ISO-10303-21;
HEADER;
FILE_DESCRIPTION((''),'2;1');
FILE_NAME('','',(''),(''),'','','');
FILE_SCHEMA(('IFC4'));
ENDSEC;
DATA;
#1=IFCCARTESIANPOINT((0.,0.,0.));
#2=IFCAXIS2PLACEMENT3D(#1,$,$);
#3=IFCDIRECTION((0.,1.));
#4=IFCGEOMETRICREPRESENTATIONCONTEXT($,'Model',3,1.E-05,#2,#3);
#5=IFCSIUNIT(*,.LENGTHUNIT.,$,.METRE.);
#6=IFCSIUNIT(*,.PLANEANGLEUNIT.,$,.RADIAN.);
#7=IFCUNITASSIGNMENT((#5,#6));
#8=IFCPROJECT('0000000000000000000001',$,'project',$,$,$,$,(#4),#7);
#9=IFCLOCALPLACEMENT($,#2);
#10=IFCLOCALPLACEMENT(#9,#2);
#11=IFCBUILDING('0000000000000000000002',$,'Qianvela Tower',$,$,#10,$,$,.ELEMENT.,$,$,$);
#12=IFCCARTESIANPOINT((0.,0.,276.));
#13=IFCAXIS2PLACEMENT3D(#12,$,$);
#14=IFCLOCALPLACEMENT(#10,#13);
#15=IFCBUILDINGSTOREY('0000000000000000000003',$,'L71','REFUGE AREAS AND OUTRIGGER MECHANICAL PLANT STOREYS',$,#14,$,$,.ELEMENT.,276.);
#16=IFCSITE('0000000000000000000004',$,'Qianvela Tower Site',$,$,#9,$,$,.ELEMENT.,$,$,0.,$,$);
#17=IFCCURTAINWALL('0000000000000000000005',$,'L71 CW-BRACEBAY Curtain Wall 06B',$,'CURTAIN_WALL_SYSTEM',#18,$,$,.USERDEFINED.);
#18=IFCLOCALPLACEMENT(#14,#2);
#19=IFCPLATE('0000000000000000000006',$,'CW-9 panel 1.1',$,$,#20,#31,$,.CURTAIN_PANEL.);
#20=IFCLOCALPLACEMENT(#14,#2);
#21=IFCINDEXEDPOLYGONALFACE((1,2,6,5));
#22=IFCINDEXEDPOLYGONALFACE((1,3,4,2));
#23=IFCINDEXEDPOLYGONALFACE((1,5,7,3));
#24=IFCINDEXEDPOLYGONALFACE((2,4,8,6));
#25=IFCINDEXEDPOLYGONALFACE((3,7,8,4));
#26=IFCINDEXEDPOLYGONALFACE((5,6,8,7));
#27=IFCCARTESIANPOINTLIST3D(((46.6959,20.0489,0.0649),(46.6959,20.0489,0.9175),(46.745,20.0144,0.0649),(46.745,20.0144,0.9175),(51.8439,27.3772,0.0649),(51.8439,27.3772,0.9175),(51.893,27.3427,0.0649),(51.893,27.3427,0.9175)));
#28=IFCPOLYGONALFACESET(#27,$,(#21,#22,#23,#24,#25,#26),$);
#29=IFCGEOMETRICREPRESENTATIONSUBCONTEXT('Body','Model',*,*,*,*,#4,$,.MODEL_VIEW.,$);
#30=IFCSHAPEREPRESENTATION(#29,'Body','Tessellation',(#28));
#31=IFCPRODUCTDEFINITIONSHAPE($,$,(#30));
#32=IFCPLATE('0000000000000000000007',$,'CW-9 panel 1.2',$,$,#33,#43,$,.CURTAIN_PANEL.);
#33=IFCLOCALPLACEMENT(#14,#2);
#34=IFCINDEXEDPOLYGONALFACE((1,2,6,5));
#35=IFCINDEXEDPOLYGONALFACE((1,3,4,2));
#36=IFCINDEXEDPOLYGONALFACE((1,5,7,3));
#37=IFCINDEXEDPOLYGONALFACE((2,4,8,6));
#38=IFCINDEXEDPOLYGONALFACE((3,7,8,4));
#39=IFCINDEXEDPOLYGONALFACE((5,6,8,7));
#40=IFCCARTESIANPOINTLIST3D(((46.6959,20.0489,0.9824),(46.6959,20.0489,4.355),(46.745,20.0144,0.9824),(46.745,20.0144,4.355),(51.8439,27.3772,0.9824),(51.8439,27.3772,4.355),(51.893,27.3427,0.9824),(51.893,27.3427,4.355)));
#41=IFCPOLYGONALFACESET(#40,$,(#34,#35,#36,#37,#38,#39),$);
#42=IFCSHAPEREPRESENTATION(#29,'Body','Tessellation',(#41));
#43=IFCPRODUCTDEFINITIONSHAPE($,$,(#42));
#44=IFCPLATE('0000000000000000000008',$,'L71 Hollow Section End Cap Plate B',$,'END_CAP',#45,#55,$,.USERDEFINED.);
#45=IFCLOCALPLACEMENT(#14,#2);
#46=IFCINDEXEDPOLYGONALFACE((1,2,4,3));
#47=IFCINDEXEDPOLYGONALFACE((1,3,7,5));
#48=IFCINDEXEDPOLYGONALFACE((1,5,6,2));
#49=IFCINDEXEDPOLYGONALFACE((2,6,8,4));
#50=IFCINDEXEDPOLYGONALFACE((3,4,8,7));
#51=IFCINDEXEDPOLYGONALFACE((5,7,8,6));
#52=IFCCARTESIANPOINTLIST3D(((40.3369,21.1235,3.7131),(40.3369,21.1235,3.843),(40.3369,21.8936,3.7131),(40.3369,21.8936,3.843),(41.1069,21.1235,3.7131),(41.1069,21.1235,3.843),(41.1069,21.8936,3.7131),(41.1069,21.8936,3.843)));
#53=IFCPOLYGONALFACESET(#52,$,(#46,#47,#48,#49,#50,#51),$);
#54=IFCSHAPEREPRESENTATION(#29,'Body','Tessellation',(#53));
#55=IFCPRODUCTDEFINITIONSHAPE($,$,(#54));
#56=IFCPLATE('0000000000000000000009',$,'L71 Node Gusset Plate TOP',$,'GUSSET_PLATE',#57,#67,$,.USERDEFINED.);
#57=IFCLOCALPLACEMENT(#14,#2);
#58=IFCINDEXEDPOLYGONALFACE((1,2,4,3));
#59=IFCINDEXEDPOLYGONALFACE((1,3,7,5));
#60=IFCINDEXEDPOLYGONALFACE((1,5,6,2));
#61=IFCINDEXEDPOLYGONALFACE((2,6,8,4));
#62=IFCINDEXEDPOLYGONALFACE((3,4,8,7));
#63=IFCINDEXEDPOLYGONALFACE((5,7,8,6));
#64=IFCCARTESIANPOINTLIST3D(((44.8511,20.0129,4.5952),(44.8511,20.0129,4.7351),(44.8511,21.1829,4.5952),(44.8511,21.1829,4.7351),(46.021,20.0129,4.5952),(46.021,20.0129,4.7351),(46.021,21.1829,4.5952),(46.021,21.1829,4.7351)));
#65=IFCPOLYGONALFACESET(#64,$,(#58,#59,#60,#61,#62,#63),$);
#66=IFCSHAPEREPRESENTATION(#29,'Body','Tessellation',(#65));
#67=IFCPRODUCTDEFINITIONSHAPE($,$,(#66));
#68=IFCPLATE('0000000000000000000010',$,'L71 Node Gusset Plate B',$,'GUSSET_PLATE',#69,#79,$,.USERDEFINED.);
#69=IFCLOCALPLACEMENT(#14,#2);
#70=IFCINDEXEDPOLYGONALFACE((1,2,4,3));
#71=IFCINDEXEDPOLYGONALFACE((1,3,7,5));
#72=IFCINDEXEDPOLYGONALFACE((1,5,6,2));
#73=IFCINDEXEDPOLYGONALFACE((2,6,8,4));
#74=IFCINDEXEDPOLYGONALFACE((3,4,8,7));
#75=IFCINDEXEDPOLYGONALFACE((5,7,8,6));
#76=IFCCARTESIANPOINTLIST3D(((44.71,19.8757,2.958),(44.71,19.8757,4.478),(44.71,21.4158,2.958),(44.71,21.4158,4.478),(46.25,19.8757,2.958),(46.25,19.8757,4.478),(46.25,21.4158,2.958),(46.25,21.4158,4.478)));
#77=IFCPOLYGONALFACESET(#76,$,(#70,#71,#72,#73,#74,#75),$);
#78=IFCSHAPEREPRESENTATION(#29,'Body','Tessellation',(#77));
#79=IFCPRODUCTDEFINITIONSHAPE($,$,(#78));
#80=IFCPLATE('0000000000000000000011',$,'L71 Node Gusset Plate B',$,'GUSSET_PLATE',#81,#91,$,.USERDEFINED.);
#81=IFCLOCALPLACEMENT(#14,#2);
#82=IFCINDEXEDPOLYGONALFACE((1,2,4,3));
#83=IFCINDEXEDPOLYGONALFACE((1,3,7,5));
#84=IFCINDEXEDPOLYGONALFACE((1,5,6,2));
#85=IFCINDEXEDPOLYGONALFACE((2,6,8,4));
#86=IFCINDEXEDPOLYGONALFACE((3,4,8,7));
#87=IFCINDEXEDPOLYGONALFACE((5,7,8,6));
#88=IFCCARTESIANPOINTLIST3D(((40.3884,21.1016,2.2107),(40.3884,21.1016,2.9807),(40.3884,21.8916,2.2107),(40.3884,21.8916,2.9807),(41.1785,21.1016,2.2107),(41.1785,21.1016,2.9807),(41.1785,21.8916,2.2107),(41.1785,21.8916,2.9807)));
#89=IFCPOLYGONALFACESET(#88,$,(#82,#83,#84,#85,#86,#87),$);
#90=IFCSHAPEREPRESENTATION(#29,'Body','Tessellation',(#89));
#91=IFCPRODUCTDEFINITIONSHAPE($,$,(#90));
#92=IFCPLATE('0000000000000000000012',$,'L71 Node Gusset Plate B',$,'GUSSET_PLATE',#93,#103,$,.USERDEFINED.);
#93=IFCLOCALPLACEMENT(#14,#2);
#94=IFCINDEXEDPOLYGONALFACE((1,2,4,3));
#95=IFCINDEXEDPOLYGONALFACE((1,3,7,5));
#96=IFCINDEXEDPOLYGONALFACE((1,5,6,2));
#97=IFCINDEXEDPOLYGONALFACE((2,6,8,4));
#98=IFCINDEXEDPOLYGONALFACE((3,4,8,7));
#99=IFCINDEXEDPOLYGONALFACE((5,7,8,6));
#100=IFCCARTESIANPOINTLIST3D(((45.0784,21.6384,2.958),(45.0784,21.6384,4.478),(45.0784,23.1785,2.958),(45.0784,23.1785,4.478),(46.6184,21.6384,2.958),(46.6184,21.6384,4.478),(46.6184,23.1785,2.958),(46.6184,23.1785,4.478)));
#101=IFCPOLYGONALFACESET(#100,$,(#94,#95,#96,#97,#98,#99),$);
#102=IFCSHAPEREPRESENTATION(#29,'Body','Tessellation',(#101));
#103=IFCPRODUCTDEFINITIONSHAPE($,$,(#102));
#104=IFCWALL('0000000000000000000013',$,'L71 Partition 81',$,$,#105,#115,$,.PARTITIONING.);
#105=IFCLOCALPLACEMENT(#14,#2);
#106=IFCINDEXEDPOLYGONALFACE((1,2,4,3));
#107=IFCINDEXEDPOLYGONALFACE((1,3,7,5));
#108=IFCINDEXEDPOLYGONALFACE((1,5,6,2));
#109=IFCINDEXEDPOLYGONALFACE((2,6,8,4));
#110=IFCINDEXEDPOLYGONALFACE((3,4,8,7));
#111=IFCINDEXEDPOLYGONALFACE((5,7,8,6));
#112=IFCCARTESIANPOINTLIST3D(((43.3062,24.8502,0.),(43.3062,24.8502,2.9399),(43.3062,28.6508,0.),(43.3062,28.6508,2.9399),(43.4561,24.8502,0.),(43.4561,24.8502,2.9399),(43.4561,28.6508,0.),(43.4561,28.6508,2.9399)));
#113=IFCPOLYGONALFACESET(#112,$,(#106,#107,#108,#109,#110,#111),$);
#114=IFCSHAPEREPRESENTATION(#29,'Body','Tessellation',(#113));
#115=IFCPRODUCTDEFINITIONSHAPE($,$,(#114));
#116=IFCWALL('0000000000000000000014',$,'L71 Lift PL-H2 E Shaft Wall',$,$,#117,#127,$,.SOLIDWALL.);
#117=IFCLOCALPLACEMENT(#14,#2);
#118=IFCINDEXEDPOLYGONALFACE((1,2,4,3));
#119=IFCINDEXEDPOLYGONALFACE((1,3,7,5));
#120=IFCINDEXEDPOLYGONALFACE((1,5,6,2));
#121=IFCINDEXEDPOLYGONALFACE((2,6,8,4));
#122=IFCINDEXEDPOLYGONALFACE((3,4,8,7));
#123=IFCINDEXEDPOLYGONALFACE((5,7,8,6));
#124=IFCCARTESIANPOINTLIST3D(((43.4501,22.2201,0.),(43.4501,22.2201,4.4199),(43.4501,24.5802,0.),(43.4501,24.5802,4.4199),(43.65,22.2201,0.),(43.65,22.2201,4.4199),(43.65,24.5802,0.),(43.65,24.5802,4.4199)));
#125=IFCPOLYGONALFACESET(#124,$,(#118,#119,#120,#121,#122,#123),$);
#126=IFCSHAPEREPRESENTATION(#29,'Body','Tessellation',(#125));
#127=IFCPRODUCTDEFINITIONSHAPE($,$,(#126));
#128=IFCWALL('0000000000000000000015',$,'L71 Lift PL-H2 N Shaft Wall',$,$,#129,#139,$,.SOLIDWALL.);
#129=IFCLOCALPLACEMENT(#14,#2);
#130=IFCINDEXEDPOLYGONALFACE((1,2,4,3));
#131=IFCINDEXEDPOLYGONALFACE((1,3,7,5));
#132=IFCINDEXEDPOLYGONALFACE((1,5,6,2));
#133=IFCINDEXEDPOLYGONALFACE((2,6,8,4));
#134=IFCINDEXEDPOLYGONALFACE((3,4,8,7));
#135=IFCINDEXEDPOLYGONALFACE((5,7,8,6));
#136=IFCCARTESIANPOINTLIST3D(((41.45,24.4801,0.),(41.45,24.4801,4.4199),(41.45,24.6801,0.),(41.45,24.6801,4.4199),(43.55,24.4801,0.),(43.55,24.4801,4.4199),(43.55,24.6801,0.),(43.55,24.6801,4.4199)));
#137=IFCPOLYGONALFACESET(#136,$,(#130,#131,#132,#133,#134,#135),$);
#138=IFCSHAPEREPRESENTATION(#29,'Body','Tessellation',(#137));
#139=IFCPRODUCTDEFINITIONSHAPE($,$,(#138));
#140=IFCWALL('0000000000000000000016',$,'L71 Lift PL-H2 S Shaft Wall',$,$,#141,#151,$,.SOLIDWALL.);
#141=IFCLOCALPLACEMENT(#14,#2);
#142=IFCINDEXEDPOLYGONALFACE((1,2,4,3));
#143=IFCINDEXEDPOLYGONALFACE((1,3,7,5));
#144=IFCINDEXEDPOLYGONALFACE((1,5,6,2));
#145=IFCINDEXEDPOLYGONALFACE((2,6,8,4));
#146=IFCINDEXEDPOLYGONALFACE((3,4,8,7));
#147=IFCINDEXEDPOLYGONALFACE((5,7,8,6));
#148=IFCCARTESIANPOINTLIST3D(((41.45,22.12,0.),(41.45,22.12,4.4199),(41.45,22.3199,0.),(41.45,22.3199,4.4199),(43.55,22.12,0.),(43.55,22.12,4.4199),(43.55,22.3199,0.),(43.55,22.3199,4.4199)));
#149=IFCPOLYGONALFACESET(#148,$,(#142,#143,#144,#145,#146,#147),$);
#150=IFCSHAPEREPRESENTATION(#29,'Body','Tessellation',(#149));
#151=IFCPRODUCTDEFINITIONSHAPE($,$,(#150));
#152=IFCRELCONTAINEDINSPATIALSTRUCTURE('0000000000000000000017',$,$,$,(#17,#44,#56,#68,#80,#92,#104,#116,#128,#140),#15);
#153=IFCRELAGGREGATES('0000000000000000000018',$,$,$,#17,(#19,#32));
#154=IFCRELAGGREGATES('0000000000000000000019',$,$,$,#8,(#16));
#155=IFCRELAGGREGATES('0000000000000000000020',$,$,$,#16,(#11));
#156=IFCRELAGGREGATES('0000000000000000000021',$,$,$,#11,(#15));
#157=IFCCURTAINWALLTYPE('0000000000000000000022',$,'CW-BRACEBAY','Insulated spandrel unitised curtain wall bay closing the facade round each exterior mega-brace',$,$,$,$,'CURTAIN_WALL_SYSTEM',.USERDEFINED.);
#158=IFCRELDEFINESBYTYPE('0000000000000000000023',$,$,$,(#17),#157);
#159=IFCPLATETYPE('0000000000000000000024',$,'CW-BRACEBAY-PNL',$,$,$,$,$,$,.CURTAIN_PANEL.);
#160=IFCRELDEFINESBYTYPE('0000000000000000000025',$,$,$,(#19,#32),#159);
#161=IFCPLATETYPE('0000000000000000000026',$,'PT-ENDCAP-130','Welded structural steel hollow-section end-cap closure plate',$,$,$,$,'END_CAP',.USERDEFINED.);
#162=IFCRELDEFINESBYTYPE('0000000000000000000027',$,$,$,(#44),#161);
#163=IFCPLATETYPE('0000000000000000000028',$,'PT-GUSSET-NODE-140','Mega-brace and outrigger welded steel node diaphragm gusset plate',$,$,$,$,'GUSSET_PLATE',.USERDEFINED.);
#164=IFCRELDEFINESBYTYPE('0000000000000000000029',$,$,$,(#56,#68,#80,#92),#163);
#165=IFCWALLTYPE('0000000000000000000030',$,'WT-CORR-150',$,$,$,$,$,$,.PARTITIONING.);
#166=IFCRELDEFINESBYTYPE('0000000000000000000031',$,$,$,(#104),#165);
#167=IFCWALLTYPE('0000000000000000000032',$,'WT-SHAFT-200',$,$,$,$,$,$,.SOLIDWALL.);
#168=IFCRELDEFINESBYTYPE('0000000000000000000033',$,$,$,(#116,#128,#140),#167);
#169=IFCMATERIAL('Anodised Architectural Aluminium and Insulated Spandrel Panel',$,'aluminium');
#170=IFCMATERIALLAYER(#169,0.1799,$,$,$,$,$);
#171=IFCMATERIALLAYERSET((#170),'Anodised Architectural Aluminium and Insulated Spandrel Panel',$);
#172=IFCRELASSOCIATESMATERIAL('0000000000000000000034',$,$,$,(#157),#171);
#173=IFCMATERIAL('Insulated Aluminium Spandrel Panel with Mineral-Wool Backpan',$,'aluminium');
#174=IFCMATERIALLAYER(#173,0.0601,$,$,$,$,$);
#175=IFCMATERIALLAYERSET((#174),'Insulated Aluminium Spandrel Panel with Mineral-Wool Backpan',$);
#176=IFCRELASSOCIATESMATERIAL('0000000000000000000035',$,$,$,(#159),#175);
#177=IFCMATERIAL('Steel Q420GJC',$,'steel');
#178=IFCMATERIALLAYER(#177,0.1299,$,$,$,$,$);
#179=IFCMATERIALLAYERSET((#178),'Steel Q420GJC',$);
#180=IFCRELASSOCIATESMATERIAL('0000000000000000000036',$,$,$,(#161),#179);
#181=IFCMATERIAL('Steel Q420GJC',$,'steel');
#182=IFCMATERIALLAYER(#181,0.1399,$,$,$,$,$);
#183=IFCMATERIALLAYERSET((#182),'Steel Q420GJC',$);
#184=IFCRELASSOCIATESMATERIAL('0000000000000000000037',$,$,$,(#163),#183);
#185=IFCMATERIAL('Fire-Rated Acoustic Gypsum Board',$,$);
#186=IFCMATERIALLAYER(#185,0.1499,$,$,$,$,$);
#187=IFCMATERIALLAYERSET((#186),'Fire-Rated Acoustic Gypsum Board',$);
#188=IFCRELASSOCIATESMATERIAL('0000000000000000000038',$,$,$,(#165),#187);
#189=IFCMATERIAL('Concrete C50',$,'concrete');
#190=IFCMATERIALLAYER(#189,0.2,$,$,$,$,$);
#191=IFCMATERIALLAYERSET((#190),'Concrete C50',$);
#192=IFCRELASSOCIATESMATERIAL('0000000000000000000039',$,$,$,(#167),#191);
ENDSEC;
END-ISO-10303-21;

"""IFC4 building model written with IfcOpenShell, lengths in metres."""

from ifc_helpers import new_model, si_unit, direction, frame, frame_2d, origin, origin_2d, place, context, subcontext, project, spatial, rectangle, extrude, material, layer, layer_set, type_object, element, aggregate, save


model = new_model("IFC4")

# Units and contexts
model_context = context("Model", 3, precision=1e-05, world=origin(), true_north=direction((0.0, 1.0)))
body_context = subcontext(model_context, "Body", "Model", "MODEL_VIEW")
ifc_project = project(units=[si_unit("LENGTHUNIT", "METRE"), si_unit("PLANEANGLEUNIT", "RADIAN")], contexts=[model_context])

# Site, building, storey
site_placement = place(None, origin())
site = spatial("IfcSite", under=ifc_project, at=site_placement, Name="Qianvela Tower Site", CompositionType="ELEMENT", RefElevation=0.0)
building_placement = place(site_placement, origin())
building = spatial("IfcBuilding", under=site, at=building_placement, Name="Qianvela Tower", CompositionType="ELEMENT")
storey_placement = place(building_placement, frame((0.0, 0.0, 276.0)))
storey = spatial("IfcBuildingStorey", under=building, at=storey_placement, Name="L71", Description="REFUGE AREAS AND OUTRIGGER MECHANICAL PLANT STOREYS", CompositionType="ELEMENT", Elevation=276.0)

# Curtain wall
ifc_material_1 = material(Name="Anodised Architectural Aluminium and Insulated Spandrel Panel", Category="aluminium")
ifc_layer_1 = layer(ifc_material_1, 0.1799)
ifc_layer_set_1 = layer_set([ifc_layer_1], Name="Anodised Architectural Aluminium and Insulated Spandrel Panel")
curtain_wall_type = type_object("IfcCurtainWallType", Name="CW-BRACEBAY", Description="Insulated spandrel unitised curtain wall bay closing the facade round each exterior mega-brace", ElementType="CURTAIN_WALL_SYSTEM", PredefinedType="USERDEFINED", material=ifc_layer_set_1)
curtain_wall_placement = place(storey_placement, origin())
curtain_wall = element("IfcCurtainWall", 1, at=curtain_wall_placement, inside=storey, type_object=curtain_wall_type, Name="L71 CW-BRACEBAY Curtain Wall 06B", ObjectType="CURTAIN_WALL_SYSTEM", PredefinedType="USERDEFINED")

# Plates
ifc_material_2 = material(Name="Insulated Aluminium Spandrel Panel with Mineral-Wool Backpan", Category="aluminium")
ifc_layer_2 = layer(ifc_material_2, 0.0601)
ifc_layer_set_2 = layer_set([ifc_layer_2], Name="Insulated Aluminium Spandrel Panel with Mineral-Wool Backpan")
plate_type_1 = type_object("IfcPlateType", Name="CW-BRACEBAY-PNL", PredefinedType="CURTAIN_PANEL", material=ifc_layer_set_2)
plate_1_placement = place(storey_placement, frame((49.2944, 23.6958, 0.0649), z_axis=(0.0, 0.0, 1.0), x_axis=(0.574823, 0.818278, 0.0)))
plate_1 = element("IfcPlate", 2, at=plate_1_placement, type_object=plate_type_1, Name="CW-9 panel 1.1", PredefinedType="CURTAIN_PANEL", context=body_context, shape_type="SweptSolid", body=[
    extrude(rectangle(XDim=8.9558, YDim=0.0601, at=origin_2d()), origin(), (0.0, 0.0, 1.0), 0.8525),
])
plate_2_placement = place(storey_placement, frame((49.2944, 23.6958, 0.9824), z_axis=(0.0, 0.0, 1.0), x_axis=(0.574823, 0.818278, 0.0)))
plate_2 = element("IfcPlate", 3, at=plate_2_placement, type_object=plate_type_1, Name="CW-9 panel 1.2", PredefinedType="CURTAIN_PANEL", context=body_context, shape_type="SweptSolid", body=[
    extrude(rectangle(XDim=8.9558, YDim=0.0601, at=origin_2d()), origin(), (0.0, 0.0, 1.0), 3.3726),
])
aggregate(curtain_wall, [plate_1, plate_2])

# Plates
ifc_material_3 = material(Name="Steel Q420GJC", Category="steel")
ifc_layer_3 = layer(ifc_material_3, 0.1299)
ifc_layer_set_3 = layer_set([ifc_layer_3], Name="Steel Q420GJC")
plate_type_2 = type_object("IfcPlateType", Name="PT-ENDCAP-130", Description="Welded structural steel hollow-section end-cap closure plate", ElementType="END_CAP", PredefinedType="USERDEFINED", material=ifc_layer_set_3)
plate_3_placement = place(storey_placement, frame((40.7219, 21.5085, 3.7131), z_axis=(0.0, 0.0, 1.0), x_axis=(1.0, 0.0, 0.0)))
element("IfcPlate", 4, at=plate_3_placement, inside=storey, type_object=plate_type_2, Name="L71 Hollow Section End Cap Plate B", ObjectType="END_CAP", PredefinedType="USERDEFINED", context=body_context, shape_type="SweptSolid", body=[
    extrude(rectangle(XDim=0.77, YDim=0.77, at=origin_2d()), origin(), (0.0, 0.0, 1.0), 0.1299),
])
ifc_material_4 = material(Name="Steel Q420GJC", Category="steel")
ifc_layer_4 = layer(ifc_material_4, 0.1399)
ifc_layer_set_4 = layer_set([ifc_layer_4], Name="Steel Q420GJC")
plate_type_3 = type_object("IfcPlateType", Name="PT-GUSSET-NODE-140", Description="Mega-brace and outrigger welded steel node diaphragm gusset plate", ElementType="GUSSET_PLATE", PredefinedType="USERDEFINED", material=ifc_layer_set_4)
plate_4_placement = place(storey_placement, frame((45.436, 20.5979, 4.5952), z_axis=(0.0, 0.0, 1.0), x_axis=(1.0, 0.0, 0.0)))
element("IfcPlate", 5, at=plate_4_placement, inside=storey, type_object=plate_type_3, Name="L71 Node Gusset Plate TOP", ObjectType="GUSSET_PLATE", PredefinedType="USERDEFINED", context=body_context, shape_type="SweptSolid", body=[
    extrude(rectangle(XDim=1.1699, YDim=1.1699, at=origin_2d()), origin(), (0.0, 0.0, 1.0), 0.1399),
])
plate_5_placement = place(storey_placement, frame((45.48, 20.6458, 2.958), z_axis=(0.0, 0.0, 1.0), x_axis=(1.0, 0.0, 0.0)))
element("IfcPlate", 6, at=plate_5_placement, inside=storey, type_object=plate_type_3, Name="L71 Node Gusset Plate B", ObjectType="GUSSET_PLATE", PredefinedType="USERDEFINED", context=body_context, shape_type="SweptSolid", body=[
    extrude(rectangle(XDim=1.54, YDim=1.54, at=origin_2d()), origin(), (0.0, 0.0, 1.0), 1.52),
])
plate_6_placement = place(storey_placement, frame((40.7834, 21.4966, 2.2107), z_axis=(0.0, 0.0, 1.0), x_axis=(1.0, 0.0, 0.0)))
element("IfcPlate", 7, at=plate_6_placement, inside=storey, type_object=plate_type_3, Name="L71 Node Gusset Plate B", ObjectType="GUSSET_PLATE", PredefinedType="USERDEFINED", context=body_context, shape_type="SweptSolid", body=[
    extrude(rectangle(XDim=0.79, YDim=0.79, at=origin_2d()), origin(), (0.0, 0.0, 1.0), 0.77),
])
plate_7_placement = place(storey_placement, frame((45.8484, 22.4084, 2.958), z_axis=(0.0, 0.0, 1.0), x_axis=(1.0, 0.0, 0.0)))
element("IfcPlate", 8, at=plate_7_placement, inside=storey, type_object=plate_type_3, Name="L71 Node Gusset Plate B", ObjectType="GUSSET_PLATE", PredefinedType="USERDEFINED", context=body_context, shape_type="SweptSolid", body=[
    extrude(rectangle(XDim=1.54, YDim=1.54, at=origin_2d()), origin(), (0.0, 0.0, 1.0), 1.52),
])

# Shared definitions
ifc_material_5 = material(Name="Fire-Rated Acoustic Gypsum Board")
ifc_layer_5 = layer(ifc_material_5, 0.1499)
ifc_layer_set_5 = layer_set([ifc_layer_5], Name="Fire-Rated Acoustic Gypsum Board")
wall_type_1 = type_object("IfcWallType", Name="WT-CORR-150", PredefinedType="PARTITIONING", material=ifc_layer_set_5)

# Walls
wall_1_placement = place(storey_placement, frame((43.3811, 24.8501, 0.0), z_axis=(0.0, 0.0, 1.0), x_axis=(0.0, 1.0, 0.0)))
element("IfcWall", 9, at=wall_1_placement, inside=storey, type_object=wall_type_1, Name="L71 Partition 81", PredefinedType="PARTITIONING", context=body_context, shape_type="SweptSolid", body=[
    extrude(rectangle(XDim=3.8005, YDim=0.1499, at=frame_2d((1.9004, 0.0))), origin(), (0.0, 0.0, 1.0), 2.9399),
])
ifc_material_6 = material(Name="Concrete C50", Category="concrete")
ifc_layer_6 = layer(ifc_material_6, 0.2)
ifc_layer_set_6 = layer_set([ifc_layer_6], Name="Concrete C50")
wall_type_2 = type_object("IfcWallType", Name="WT-SHAFT-200", PredefinedType="SOLIDWALL", material=ifc_layer_set_6)
wall_2_placement = place(storey_placement, frame((43.55, 22.22, 0.0), z_axis=(0.0, 0.0, 1.0), x_axis=(0.0, 1.0, 0.0)))
element("IfcWall", 10, at=wall_2_placement, inside=storey, type_object=wall_type_2, Name="L71 Lift PL-H2 E Shaft Wall", PredefinedType="SOLIDWALL", context=body_context, shape_type="SweptSolid", body=[
    extrude(rectangle(XDim=2.3601, YDim=0.2, at=frame_2d((1.1802, 0.0))), origin(), (0.0, 0.0, 1.0), 4.4199),
])

# Walls
for number, where, z_axis, x_axis, name in (
    (11, (41.45, 24.5801, 0.0), (0.0, 0.0, 1.0), (1.0, 0.0, 0.0), "L71 Lift PL-H2 N Shaft Wall"),
    (12, (41.45, 22.22, 0.0), (0.0, 0.0, 1.0), (1.0, 0.0, 0.0), "L71 Lift PL-H2 S Shaft Wall"),
):
    element("IfcWall", number, at=place(storey_placement, frame(where, z_axis=z_axis, x_axis=x_axis)), inside=storey, type_object=wall_type_2, Name=name, PredefinedType="SOLIDWALL", context=body_context, shape_type="SweptSolid", body=[
        extrude(rectangle(XDim=2.1001, YDim=0.2, at=frame_2d((1.05, 0.0))), origin(), (0.0, 0.0, 1.0), 4.4199),
    ])

save(model, "model.ifc")
